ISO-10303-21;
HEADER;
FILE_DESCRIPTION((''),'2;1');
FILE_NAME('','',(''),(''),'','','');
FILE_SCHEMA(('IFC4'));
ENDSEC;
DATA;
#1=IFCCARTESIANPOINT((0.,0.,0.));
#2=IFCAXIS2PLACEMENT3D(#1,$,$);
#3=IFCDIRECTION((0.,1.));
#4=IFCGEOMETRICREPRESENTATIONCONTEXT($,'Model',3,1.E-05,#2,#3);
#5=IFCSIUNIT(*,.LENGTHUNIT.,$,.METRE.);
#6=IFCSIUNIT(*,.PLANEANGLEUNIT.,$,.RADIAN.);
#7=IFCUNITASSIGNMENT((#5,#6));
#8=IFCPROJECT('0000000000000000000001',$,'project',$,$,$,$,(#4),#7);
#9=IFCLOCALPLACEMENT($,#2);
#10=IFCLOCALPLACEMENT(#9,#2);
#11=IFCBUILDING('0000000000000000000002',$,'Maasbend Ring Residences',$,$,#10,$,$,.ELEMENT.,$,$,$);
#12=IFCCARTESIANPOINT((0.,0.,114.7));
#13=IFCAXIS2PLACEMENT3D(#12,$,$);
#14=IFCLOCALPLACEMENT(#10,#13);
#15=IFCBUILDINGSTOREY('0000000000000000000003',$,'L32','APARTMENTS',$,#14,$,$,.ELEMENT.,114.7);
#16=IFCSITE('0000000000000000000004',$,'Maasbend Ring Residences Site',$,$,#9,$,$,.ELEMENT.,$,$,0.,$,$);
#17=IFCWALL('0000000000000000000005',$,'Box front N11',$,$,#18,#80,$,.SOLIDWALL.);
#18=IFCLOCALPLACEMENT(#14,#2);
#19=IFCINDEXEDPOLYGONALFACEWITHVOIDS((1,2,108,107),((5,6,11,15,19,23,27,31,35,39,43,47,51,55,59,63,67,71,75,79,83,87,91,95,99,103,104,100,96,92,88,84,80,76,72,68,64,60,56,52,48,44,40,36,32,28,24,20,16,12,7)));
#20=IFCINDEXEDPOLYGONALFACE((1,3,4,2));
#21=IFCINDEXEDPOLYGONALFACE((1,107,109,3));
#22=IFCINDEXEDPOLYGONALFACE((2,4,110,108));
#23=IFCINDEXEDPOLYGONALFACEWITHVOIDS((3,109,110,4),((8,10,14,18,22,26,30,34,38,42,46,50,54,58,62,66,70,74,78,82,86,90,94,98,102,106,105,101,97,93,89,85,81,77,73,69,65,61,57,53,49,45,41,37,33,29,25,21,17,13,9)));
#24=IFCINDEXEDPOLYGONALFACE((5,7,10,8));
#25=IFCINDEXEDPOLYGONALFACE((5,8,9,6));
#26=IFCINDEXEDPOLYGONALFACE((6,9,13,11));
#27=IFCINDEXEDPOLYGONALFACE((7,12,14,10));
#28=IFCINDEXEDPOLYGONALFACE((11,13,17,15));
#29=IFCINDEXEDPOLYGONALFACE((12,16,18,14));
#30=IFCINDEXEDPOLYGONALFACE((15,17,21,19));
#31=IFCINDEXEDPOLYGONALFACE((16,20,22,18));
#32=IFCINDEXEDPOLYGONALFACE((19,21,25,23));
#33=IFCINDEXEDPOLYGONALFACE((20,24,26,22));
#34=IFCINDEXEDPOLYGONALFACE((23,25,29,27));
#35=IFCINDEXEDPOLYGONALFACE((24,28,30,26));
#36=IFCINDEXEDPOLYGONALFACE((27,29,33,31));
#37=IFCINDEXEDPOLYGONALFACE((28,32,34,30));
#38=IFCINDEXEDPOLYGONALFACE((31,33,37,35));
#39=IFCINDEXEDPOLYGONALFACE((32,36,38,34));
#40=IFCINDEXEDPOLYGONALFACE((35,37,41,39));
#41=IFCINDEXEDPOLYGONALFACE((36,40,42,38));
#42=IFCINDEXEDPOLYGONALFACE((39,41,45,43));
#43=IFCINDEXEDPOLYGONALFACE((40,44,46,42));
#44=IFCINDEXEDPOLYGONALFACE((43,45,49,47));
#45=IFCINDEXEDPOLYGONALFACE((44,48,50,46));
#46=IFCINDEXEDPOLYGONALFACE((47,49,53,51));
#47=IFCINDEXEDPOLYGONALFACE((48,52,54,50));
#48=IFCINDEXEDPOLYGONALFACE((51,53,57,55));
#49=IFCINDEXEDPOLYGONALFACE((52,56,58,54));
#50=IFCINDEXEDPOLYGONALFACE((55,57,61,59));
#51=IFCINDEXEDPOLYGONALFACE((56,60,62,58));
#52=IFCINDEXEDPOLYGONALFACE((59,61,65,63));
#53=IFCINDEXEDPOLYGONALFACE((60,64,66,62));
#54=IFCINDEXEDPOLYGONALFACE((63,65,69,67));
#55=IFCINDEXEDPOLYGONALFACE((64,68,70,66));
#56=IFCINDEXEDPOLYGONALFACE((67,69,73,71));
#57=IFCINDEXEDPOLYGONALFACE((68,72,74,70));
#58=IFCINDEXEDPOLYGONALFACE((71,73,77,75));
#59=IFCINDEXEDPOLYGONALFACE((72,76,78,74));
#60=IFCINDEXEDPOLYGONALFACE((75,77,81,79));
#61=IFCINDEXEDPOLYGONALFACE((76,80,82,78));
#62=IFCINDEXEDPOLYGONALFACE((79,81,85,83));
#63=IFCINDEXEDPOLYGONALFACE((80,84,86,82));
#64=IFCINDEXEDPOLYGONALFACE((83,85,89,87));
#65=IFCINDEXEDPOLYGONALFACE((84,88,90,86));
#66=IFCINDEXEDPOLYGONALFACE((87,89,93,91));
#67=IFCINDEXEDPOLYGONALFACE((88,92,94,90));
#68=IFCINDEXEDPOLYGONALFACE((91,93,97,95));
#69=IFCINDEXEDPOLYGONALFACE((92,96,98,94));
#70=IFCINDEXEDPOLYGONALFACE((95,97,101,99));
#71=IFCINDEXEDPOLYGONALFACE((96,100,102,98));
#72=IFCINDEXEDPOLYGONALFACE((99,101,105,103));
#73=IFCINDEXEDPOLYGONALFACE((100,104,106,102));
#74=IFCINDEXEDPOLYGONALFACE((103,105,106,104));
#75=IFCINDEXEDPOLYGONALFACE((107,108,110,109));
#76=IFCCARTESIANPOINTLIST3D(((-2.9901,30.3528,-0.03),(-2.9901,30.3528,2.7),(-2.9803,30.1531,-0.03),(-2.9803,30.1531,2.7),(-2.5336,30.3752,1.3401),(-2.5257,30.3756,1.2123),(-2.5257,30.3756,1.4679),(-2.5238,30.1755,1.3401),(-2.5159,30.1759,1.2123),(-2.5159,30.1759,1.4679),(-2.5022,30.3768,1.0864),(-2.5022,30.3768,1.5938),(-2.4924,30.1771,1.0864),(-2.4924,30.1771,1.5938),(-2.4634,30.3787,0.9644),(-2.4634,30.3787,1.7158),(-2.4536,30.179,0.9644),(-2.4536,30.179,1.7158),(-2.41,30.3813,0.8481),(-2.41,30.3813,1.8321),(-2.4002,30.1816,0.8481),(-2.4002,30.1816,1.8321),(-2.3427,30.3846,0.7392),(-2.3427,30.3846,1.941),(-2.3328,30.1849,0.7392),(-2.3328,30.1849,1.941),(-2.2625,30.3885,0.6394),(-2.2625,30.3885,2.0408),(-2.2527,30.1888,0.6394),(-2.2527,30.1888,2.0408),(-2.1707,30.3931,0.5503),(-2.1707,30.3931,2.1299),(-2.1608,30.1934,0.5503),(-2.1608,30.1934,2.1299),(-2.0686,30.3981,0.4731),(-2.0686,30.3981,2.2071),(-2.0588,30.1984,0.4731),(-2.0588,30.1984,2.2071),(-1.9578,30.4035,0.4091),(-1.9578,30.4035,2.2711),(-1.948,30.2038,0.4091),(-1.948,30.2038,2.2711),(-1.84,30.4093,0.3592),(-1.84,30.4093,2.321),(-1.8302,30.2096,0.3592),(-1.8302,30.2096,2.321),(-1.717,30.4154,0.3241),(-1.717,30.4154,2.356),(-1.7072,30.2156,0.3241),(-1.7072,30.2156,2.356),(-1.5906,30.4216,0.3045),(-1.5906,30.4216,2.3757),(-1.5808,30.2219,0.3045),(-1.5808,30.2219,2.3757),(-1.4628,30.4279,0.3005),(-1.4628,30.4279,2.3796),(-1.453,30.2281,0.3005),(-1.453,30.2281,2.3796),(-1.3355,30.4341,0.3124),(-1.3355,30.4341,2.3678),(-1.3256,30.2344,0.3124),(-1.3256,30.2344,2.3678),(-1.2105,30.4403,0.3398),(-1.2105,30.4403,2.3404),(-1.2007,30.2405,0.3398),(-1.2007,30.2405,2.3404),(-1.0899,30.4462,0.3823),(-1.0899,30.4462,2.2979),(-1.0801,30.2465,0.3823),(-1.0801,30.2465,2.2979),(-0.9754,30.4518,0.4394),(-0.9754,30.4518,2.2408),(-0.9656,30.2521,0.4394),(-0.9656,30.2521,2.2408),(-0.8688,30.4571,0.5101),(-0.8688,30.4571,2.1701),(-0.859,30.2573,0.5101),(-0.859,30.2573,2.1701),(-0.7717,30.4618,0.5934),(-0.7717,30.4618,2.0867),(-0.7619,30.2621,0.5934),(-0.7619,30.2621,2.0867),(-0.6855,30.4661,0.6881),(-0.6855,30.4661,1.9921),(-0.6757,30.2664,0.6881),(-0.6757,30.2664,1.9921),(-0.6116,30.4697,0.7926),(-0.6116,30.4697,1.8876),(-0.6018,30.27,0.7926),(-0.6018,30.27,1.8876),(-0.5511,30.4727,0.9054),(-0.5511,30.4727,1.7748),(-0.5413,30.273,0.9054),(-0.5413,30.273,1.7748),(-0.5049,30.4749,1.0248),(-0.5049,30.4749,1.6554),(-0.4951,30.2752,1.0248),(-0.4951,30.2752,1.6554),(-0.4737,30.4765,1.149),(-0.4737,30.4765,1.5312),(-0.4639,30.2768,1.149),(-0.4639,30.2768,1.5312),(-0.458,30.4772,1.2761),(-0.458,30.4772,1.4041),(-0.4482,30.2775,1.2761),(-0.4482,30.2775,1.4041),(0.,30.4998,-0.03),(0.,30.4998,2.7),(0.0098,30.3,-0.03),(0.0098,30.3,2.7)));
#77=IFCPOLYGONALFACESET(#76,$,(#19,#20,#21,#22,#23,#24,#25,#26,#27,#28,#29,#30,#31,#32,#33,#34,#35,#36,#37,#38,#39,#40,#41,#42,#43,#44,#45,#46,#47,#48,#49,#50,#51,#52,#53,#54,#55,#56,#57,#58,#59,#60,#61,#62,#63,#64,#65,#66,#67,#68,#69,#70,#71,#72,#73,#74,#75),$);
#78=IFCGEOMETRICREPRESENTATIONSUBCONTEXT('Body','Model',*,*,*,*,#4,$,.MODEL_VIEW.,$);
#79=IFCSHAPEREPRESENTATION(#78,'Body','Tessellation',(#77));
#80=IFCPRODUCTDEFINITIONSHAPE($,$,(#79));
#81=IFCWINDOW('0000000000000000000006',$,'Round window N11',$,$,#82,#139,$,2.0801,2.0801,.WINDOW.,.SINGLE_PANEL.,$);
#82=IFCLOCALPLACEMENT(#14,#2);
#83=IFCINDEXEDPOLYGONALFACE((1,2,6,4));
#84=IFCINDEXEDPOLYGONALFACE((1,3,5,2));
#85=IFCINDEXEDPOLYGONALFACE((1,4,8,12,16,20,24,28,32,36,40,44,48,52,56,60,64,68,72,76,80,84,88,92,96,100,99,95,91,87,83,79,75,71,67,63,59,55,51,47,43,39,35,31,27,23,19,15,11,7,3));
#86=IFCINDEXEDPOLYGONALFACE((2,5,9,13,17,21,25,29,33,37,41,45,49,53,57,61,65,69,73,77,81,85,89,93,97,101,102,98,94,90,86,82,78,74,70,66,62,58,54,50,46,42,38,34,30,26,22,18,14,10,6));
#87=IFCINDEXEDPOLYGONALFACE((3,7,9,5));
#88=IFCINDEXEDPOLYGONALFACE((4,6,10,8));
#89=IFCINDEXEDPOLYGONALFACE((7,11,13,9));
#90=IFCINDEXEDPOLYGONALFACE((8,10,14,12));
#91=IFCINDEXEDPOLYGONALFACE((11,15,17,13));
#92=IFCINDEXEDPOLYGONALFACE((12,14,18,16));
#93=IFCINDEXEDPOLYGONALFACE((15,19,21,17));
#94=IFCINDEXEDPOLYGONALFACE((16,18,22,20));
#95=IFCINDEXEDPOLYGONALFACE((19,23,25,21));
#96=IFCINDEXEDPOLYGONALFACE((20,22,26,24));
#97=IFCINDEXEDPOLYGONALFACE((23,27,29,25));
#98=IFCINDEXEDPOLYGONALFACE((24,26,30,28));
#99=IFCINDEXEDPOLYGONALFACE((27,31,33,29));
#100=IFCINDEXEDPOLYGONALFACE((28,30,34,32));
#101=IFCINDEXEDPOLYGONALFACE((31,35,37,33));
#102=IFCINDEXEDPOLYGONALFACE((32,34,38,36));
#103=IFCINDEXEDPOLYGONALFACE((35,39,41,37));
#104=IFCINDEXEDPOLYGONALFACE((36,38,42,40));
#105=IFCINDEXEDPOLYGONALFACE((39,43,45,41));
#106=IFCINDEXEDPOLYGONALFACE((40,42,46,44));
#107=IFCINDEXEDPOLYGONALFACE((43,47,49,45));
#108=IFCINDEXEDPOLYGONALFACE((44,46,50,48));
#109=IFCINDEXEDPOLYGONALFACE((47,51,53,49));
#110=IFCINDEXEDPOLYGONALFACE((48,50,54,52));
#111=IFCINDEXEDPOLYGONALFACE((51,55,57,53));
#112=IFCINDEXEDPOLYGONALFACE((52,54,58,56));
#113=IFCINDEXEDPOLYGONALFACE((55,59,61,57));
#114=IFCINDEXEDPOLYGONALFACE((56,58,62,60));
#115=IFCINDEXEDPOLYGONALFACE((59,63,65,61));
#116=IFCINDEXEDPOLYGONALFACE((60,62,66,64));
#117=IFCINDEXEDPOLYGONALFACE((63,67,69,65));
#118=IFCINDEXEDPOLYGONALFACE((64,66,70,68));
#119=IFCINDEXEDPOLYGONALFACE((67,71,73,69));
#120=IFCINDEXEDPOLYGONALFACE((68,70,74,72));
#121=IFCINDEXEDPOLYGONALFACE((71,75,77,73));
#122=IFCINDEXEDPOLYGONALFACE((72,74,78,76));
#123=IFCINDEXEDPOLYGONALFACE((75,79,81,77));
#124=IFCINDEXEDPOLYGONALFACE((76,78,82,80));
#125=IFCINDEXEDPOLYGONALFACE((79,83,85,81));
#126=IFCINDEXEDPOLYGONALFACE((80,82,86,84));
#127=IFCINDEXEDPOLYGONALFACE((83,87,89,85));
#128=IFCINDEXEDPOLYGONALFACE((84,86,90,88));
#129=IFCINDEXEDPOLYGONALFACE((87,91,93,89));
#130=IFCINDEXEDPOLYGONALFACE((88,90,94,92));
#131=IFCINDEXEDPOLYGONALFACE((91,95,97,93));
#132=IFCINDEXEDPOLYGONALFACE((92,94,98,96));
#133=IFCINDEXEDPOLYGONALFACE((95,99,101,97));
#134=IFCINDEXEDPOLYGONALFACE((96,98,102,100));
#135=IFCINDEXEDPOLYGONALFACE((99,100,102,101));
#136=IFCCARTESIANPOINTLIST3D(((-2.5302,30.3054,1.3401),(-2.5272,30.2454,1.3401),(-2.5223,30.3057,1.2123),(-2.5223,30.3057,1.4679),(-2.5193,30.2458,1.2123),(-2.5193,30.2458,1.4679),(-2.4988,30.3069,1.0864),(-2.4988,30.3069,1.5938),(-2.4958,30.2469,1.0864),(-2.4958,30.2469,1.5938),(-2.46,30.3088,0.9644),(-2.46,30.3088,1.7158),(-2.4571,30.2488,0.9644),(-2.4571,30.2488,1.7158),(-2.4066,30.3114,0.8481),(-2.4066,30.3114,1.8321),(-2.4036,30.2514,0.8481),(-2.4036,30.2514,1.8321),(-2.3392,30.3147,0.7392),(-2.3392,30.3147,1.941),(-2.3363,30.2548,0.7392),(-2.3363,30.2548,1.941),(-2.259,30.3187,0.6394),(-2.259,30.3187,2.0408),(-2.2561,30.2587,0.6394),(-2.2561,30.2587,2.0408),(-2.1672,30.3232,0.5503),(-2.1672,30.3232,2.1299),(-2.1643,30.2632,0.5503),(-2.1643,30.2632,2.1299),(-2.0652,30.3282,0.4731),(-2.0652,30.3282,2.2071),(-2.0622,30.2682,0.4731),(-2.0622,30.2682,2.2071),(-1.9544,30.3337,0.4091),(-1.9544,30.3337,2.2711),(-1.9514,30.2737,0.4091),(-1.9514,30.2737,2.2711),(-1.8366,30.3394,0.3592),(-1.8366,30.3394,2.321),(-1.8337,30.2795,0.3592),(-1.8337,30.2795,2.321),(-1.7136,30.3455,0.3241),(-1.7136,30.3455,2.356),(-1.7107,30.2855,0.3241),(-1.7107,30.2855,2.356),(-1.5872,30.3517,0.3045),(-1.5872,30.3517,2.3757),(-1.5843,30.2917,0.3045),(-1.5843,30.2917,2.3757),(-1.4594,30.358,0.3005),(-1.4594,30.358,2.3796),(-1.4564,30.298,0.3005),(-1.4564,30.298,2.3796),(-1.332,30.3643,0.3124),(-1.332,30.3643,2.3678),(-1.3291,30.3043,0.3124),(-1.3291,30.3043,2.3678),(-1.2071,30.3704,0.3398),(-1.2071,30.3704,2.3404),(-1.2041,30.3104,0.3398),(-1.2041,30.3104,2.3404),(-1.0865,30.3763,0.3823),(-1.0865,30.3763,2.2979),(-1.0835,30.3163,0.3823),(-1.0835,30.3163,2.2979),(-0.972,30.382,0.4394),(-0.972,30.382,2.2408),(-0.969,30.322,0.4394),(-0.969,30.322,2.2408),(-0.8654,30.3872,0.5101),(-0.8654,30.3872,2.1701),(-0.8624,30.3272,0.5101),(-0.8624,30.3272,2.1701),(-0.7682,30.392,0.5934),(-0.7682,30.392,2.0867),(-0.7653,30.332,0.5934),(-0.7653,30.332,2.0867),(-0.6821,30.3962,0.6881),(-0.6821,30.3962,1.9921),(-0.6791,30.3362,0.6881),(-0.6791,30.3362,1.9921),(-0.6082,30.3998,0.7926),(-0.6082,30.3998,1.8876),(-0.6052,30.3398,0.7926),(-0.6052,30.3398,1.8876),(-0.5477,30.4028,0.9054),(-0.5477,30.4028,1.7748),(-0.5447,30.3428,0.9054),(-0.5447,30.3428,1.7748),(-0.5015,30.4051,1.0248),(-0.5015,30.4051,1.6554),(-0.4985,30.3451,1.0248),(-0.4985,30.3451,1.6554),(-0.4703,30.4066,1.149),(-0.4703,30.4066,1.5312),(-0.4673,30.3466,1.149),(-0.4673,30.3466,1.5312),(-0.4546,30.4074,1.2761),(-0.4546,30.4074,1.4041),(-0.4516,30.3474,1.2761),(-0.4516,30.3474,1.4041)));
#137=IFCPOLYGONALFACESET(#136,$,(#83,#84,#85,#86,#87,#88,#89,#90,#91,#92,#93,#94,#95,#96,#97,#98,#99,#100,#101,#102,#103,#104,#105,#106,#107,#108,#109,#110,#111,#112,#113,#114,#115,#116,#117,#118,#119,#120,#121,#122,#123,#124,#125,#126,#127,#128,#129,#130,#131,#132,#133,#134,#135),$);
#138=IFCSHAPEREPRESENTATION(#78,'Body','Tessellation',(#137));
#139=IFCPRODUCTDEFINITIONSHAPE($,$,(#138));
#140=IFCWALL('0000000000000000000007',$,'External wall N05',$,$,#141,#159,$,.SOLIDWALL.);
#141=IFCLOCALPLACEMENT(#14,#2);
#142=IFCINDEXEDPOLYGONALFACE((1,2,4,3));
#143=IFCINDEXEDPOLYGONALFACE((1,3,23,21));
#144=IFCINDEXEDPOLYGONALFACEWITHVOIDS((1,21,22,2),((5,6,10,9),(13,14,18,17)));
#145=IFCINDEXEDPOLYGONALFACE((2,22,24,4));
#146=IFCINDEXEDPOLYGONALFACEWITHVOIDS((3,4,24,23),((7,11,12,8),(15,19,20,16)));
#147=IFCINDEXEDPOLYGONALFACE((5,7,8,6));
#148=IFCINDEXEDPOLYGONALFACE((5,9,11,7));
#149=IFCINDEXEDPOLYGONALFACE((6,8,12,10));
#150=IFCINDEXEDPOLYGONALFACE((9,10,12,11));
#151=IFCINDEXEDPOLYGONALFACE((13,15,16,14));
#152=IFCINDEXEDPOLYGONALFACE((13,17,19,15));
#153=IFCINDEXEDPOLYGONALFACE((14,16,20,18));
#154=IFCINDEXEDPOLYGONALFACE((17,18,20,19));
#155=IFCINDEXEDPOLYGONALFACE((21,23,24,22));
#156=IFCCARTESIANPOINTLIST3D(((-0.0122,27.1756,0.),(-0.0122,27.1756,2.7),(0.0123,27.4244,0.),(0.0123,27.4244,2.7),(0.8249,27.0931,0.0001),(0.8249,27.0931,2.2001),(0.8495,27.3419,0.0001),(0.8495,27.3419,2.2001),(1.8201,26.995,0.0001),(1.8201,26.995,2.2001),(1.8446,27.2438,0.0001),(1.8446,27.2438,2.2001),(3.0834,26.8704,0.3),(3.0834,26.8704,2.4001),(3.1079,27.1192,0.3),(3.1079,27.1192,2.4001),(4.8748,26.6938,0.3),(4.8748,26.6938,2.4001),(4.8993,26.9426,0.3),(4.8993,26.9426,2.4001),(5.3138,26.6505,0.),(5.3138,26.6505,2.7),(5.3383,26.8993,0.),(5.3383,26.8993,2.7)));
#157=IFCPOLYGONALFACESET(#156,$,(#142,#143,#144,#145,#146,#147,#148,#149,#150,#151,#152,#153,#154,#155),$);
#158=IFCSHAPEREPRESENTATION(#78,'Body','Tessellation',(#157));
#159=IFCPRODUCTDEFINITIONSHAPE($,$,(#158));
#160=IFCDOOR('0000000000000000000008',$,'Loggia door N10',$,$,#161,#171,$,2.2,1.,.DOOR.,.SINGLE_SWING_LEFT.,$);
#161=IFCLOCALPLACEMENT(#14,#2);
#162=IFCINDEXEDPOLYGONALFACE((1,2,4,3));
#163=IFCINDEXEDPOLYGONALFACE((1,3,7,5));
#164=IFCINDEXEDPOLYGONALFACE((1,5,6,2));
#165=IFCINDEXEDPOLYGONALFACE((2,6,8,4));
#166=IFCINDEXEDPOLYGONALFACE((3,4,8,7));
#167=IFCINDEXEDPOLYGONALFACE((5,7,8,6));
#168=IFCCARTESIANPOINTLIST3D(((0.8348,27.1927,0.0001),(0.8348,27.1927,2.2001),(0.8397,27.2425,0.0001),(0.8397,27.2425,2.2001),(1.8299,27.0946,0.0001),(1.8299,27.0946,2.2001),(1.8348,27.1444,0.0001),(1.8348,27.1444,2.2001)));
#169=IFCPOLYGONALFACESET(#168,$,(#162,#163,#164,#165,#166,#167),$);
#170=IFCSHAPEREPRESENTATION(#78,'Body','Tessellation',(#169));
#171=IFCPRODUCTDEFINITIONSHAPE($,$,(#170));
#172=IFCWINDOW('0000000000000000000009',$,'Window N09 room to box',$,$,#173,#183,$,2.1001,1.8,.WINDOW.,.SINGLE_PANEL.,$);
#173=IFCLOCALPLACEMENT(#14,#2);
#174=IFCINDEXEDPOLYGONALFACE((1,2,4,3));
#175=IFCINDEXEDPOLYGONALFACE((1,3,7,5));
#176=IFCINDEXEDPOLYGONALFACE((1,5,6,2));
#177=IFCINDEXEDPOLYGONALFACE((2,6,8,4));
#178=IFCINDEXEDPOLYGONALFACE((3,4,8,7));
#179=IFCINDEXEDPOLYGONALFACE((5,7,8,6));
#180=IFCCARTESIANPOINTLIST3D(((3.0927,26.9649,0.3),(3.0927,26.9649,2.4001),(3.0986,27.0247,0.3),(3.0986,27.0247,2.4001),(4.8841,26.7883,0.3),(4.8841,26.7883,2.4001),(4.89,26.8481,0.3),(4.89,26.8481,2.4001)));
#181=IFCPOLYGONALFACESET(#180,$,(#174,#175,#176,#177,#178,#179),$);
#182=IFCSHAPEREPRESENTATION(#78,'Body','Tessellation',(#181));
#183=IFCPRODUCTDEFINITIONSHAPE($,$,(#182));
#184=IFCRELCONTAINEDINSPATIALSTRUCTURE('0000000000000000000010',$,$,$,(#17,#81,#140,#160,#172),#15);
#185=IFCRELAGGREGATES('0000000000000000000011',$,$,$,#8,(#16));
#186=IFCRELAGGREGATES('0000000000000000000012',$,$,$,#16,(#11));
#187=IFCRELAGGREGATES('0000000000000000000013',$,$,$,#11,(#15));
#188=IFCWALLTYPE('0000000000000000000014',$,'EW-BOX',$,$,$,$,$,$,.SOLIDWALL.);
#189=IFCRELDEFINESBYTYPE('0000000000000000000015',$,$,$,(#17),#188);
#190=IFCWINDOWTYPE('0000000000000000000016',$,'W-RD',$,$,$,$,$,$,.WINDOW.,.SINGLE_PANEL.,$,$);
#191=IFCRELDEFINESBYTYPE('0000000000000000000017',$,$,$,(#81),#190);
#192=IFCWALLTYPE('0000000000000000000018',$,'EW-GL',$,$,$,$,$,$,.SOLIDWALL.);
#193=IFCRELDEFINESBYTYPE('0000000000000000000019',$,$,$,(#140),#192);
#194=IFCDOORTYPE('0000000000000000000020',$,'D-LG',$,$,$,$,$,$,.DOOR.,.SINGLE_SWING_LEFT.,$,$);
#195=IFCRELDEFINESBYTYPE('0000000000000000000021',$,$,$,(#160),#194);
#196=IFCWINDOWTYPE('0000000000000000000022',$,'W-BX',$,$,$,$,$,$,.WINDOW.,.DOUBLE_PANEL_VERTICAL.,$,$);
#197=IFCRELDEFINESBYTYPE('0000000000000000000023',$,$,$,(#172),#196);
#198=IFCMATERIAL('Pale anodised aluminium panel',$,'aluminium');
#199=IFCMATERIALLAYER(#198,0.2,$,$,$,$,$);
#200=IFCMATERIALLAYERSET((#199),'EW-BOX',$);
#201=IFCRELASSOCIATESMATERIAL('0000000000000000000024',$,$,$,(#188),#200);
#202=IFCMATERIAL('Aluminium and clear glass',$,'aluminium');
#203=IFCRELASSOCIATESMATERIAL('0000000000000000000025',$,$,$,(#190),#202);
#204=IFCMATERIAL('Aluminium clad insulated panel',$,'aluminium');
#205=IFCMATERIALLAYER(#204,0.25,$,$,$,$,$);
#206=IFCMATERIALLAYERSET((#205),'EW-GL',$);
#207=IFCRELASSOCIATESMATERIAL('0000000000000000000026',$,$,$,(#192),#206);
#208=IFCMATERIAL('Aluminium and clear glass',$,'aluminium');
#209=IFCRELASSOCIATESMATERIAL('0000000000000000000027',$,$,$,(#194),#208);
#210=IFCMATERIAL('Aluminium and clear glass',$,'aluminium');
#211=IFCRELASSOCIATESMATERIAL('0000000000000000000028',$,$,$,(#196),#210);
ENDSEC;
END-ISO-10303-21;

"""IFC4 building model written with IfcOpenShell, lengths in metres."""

from ifc_helpers import new_model, si_unit, direction, frame, frame_2d, origin, place, context, subcontext, project, spatial, rectangle, circle, extrude, material, layer, layer_set, type_object, element, fill, save


model = new_model("IFC4")

# Units and contexts
model_context = context("Model", 3, precision=1e-05, world=origin(), true_north=direction((0.0, 1.0)))
body_context = subcontext(model_context, "Body", "Model", "MODEL_VIEW")
ifc_project = project(units=[si_unit("LENGTHUNIT", "METRE"), si_unit("PLANEANGLEUNIT", "RADIAN")], contexts=[model_context])

# Site, building, storey
site_placement = place(None, origin())
site = spatial("IfcSite", under=ifc_project, at=site_placement, Name="Maasbend Ring Residences Site", CompositionType="ELEMENT", RefElevation=0.0)
building_placement = place(site_placement, origin())
building = spatial("IfcBuilding", under=site, at=building_placement, Name="Maasbend Ring Residences", CompositionType="ELEMENT")
storey_placement = place(building_placement, frame((0.0, 0.0, 114.7)))
storey = spatial("IfcBuildingStorey", under=building, at=storey_placement, Name="L32", Description="APARTMENTS", CompositionType="ELEMENT", Elevation=114.7)

# Shared definitions
ifc_material_1 = material(Name="Pale anodised aluminium panel", Category="aluminium")
ifc_layer_1 = layer(ifc_material_1, 0.2)
ifc_layer_set_1 = layer_set([ifc_layer_1], Name="EW-BOX")
wall_type_1 = type_object("IfcWallType", Name="EW-BOX", PredefinedType="SOLIDWALL", material=ifc_layer_set_1)

# Shared definitions
ifc_material_2 = material(Name="Aluminium and clear glass", Category="aluminium")
window_type_1 = type_object("IfcWindowType", Name="W-RD", PartitioningType="SINGLE_PANEL", PredefinedType="WINDOW", material=ifc_material_2)

# Wall, opening, window
wall_1_placement = place(storey_placement, frame((0.0049, 30.3999, -0.03), z_axis=(0.0, 0.0, 1.0), x_axis=(-0.998794, -0.049096, 0.0)))
wall_1 = element("IfcWall", 1, at=wall_1_placement, inside=storey, type_object=wall_type_1, Name="Box front N11", PredefinedType="SOLIDWALL", context=body_context, shape_type="SweptSolid", body=[
    extrude(rectangle(XDim=2.9937, YDim=0.2, at=frame_2d((1.4968, 0.0))), origin(), (0.0, 0.0, 1.0), 2.73),
])
opening_1_placement = place(wall_1_placement, frame((0.4565, 0.0, 0.3301)))
opening_1 = element("IfcOpeningElement", 2, at=opening_1_placement, cuts=wall_1, PredefinedType="OPENING", context=body_context, shape_type="SweptSolid", body=[
    extrude(circle(Radius=1.04, at=frame_2d((1.04, 1.04))), frame((0.0, 0.1099, 0.0), z_axis=(0.0, -1.0, 0.0), x_axis=(1.0, 0.0, 0.0)), (0.0, 0.0, 1.0), 0.22),
])
window_1_placement = place(opening_1_placement, origin())
window_1 = element("IfcWindow", 3, at=window_1_placement, inside=storey, type_object=window_type_1, Name="Round window N11", OverallHeight=2.0801, OverallWidth=2.0801, PartitioningType="SINGLE_PANEL", PredefinedType="WINDOW", context=body_context, shape_type="SweptSolid", body=[
    extrude(circle(Radius=1.04, at=frame_2d((1.04, 1.04))), frame((0.0, 0.03, 0.0), z_axis=(0.0, -1.0, 0.0), x_axis=(1.0, 0.0, 0.0)), (0.0, 0.0, 1.0), 0.0601),
])
fill(opening_1, window_1)

# Wall, openings, door, window
ifc_material_3 = material(Name="Aluminium clad insulated panel", Category="aluminium")
ifc_layer_2 = layer(ifc_material_3, 0.25)
ifc_layer_set_2 = layer_set([ifc_layer_2], Name="EW-GL")
wall_type_2 = type_object("IfcWallType", Name="EW-GL", PredefinedType="SOLIDWALL", material=ifc_layer_set_2)
wall_2_placement = place(storey_placement, frame((5.3259, 26.7749, 0.0), z_axis=(0.0, 0.0, 1.0), x_axis=(-0.995174, 0.098126, 0.0)))
wall_2 = element("IfcWall", 4, at=wall_2_placement, inside=storey, type_object=wall_type_2, Name="External wall N05", PredefinedType="SOLIDWALL", context=body_context, shape_type="SweptSolid", body=[
    extrude(rectangle(XDim=5.3518, YDim=0.25, at=frame_2d((2.6758, 0.0))), origin(), (0.0, 0.0, 1.0), 2.7),
])
opening_2_placement = place(wall_2_placement, frame((0.4412, 0.0, 0.3)))
opening_2 = element("IfcOpeningElement", 5, at=opening_2_placement, cuts=wall_2, PredefinedType="OPENING", context=body_context, shape_type="SweptSolid", body=[
    extrude(rectangle(XDim=1.8, YDim=2.1001, at=frame_2d((0.8999, 1.05))), frame((0.0, 0.135, 0.0), z_axis=(0.0, -1.0, 0.0), x_axis=(1.0, 0.0, 0.0)), (0.0, 0.0, 1.0), 0.27),
])
opening_3_placement = place(wall_2_placement, frame((3.5105, 0.0, 0.0)))
opening_3 = element("IfcOpeningElement", 6, at=opening_3_placement, cuts=wall_2, PredefinedType="OPENING", context=body_context, shape_type="SweptSolid", body=[
    extrude(rectangle(XDim=1.0, YDim=2.2, at=frame_2d((0.5, 1.1001))), frame((0.0, 0.135, 0.0), z_axis=(0.0, -1.0, 0.0), x_axis=(1.0, 0.0, 0.0)), (0.0, 0.0, 1.0), 0.27),
])
ifc_material_4 = material(Name="Aluminium and clear glass", Category="aluminium")
door_type_1 = type_object("IfcDoorType", Name="D-LG", OperationType="SINGLE_SWING_LEFT", PredefinedType="DOOR", material=ifc_material_4)
door_1_placement = place(opening_3_placement, origin())
door_1 = element("IfcDoor", 7, at=door_1_placement, inside=storey, type_object=door_type_1, Name="Loggia door N10", OperationType="SINGLE_SWING_LEFT", OverallHeight=2.2, OverallWidth=1.0, PredefinedType="DOOR", context=body_context, shape_type="SweptSolid", body=[
    extrude(rectangle(XDim=1.0, YDim=2.2, at=frame_2d((0.5, 1.1001))), frame((0.0, 0.0249, 0.0), z_axis=(0.0, -1.0, 0.0), x_axis=(1.0, 0.0, 0.0)), (0.0, 0.0, 1.0), 0.05),
])
fill(opening_3, door_1)
ifc_material_5 = material(Name="Aluminium and clear glass", Category="aluminium")
window_type_2 = type_object("IfcWindowType", Name="W-BX", PartitioningType="DOUBLE_PANEL_VERTICAL", PredefinedType="WINDOW", material=ifc_material_5)
window_2_placement = place(opening_2_placement, origin())
window_2 = element("IfcWindow", 8, at=window_2_placement, inside=storey, type_object=window_type_2, Name="Window N09 room to box", OverallHeight=2.1001, OverallWidth=1.8, PartitioningType="SINGLE_PANEL", PredefinedType="WINDOW", context=body_context, shape_type="SweptSolid", body=[
    extrude(rectangle(XDim=1.8, YDim=2.1001, at=frame_2d((0.8999, 1.05))), frame((0.0, 0.03, 0.0), z_axis=(0.0, -1.0, 0.0), x_axis=(1.0, 0.0, 0.0)), (0.0, 0.0, 1.0), 0.0601),
])
fill(opening_2, window_2)

save(model, "model.ifc")
